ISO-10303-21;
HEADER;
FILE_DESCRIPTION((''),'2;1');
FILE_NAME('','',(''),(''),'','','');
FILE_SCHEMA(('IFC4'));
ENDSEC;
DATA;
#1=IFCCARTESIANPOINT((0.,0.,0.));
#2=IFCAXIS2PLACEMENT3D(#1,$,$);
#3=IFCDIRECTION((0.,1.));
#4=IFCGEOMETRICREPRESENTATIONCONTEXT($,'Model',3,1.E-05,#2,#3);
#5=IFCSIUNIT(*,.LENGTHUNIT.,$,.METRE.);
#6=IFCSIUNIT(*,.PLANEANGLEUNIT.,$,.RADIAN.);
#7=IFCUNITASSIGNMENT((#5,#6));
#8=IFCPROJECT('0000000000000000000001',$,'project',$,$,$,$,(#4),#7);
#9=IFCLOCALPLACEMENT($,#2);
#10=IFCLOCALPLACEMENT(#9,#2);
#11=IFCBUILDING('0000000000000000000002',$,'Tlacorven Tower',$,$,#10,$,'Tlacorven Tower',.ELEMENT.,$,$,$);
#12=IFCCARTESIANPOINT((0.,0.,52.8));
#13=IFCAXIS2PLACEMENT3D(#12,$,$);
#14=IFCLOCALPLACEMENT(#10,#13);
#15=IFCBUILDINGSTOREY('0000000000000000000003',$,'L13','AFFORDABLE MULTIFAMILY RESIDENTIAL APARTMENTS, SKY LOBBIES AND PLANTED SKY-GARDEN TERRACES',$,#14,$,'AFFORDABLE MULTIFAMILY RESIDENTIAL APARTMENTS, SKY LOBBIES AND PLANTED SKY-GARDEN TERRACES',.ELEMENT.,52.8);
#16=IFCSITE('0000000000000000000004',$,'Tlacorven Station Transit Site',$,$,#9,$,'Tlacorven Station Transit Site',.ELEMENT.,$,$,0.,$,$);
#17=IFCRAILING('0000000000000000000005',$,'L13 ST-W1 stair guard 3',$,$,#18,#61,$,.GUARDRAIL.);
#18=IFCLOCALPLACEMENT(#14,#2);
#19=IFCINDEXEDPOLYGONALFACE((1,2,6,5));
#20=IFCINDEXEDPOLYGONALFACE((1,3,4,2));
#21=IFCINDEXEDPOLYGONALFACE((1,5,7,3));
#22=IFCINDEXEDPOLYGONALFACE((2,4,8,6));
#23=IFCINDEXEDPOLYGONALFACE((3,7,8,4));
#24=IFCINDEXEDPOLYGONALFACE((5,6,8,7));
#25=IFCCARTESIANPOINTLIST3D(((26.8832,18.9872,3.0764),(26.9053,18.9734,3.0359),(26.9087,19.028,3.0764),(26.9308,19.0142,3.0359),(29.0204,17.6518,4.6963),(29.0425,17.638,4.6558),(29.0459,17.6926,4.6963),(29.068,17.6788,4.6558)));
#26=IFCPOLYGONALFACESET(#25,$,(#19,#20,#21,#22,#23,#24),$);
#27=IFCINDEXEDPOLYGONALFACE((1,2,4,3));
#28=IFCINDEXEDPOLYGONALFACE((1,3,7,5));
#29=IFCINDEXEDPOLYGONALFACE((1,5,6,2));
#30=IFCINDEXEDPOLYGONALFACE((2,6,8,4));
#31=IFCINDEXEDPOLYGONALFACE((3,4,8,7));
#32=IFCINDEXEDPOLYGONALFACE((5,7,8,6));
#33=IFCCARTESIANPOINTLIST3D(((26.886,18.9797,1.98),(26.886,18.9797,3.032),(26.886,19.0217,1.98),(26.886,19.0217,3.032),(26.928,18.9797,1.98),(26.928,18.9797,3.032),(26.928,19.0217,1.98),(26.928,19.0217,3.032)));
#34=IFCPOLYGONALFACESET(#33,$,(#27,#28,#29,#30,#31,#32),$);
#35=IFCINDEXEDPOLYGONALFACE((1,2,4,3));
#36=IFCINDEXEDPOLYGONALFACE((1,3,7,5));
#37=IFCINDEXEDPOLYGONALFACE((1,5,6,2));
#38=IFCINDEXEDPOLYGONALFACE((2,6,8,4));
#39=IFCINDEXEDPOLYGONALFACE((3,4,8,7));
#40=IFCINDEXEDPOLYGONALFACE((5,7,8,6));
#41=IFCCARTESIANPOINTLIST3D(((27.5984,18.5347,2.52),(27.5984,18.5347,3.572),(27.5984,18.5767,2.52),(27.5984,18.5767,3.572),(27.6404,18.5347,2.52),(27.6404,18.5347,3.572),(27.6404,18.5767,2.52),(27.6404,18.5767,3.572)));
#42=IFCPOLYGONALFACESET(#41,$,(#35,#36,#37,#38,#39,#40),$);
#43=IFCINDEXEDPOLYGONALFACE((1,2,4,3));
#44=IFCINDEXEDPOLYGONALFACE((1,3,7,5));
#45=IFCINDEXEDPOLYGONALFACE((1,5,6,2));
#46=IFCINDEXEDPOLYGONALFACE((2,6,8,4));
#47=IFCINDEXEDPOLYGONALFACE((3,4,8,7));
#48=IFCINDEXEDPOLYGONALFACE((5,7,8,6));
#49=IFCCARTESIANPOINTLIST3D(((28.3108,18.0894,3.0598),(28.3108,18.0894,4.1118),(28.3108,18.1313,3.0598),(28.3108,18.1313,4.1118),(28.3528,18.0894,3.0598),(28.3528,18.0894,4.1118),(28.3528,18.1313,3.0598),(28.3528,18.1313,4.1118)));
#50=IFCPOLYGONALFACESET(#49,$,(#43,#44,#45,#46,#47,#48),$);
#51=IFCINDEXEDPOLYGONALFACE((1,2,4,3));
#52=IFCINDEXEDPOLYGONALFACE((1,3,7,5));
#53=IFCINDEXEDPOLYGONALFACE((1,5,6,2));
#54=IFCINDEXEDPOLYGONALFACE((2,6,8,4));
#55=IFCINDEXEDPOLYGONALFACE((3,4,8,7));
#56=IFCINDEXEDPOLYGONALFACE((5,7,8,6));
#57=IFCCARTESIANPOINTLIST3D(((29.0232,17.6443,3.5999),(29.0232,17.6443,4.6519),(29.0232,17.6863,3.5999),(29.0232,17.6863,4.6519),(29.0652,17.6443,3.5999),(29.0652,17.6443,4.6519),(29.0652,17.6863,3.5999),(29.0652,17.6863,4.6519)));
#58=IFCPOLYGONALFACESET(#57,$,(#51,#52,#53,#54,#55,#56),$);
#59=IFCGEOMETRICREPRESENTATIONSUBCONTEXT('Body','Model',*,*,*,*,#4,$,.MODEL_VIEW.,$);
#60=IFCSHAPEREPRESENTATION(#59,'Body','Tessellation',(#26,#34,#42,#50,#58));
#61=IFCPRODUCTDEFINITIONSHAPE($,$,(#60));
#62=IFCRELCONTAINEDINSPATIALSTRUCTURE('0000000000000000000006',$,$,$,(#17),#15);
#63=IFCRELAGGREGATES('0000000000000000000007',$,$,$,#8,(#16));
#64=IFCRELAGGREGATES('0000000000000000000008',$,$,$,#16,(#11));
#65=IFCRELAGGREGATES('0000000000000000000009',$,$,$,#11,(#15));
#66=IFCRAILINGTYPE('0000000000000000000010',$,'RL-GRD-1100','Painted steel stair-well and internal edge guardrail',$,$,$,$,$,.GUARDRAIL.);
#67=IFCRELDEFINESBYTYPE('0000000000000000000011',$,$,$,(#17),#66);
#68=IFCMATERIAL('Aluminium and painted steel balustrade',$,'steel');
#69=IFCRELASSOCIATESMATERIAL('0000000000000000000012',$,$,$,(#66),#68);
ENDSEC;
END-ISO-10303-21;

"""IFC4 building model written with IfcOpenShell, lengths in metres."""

from ifc_helpers import new_model, si_unit, direction, frame, origin, origin_2d, place, context, subcontext, project, spatial, rectangle, extrude, source, transform, mapped, material, type_object, element, save


model = new_model("IFC4")

# Units and contexts
model_context = context("Model", 3, precision=1e-05, world=origin(), true_north=direction((0.0, 1.0)))
body_context = subcontext(model_context, "Body", "Model", "MODEL_VIEW")
ifc_project = project(units=[si_unit("LENGTHUNIT", "METRE"), si_unit("PLANEANGLEUNIT", "RADIAN")], contexts=[model_context])

# Site, building, storey
site_placement = place(None, origin())
site = spatial("IfcSite", under=ifc_project, at=site_placement, Name="Tlacorven Station Transit Site", LongName="Tlacorven Station Transit Site", CompositionType="ELEMENT", RefElevation=0.0)
building_placement = place(site_placement, origin())
building = spatial("IfcBuilding", under=site, at=building_placement, Name="Tlacorven Tower", LongName="Tlacorven Tower", CompositionType="ELEMENT")
storey_placement = place(building_placement, frame((0.0, 0.0, 52.8)))
storey = spatial("IfcBuildingStorey", under=building, at=storey_placement, Name="L13", Description="AFFORDABLE MULTIFAMILY RESIDENTIAL APARTMENTS, SKY LOBBIES AND PLANTED SKY-GARDEN TERRACES", LongName="AFFORDABLE MULTIFAMILY RESIDENTIAL APARTMENTS, SKY LOBBIES AND PLANTED SKY-GARDEN TERRACES", CompositionType="ELEMENT", Elevation=52.8)

# Railing
ifc_material_1 = material(Name="Aluminium and painted steel balustrade", Category="steel")
railing_type_1 = type_object("IfcRailingType", Name="RL-GRD-1100", Description="Painted steel stair-well and internal edge guardrail", PredefinedType="GUARDRAIL", material=ifc_material_1)
shared_shape_1 = source(origin(), body_context, "Body", "SweptSolid", [
    extrude(rectangle(XDim=0.0481, YDim=0.0481, at=origin_2d()), frame((0.0, 0.0, 1.0762), z_axis=(0.713391, -0.445768, 0.540707), x_axis=(0.529912, 0.848053, 0.0)), (0.0, 0.0, 1.0), 2.9958),
    extrude(rectangle(XDim=0.042, YDim=0.042, at=origin_2d()), origin(), (0.0, 0.0, 1.0), 1.052),
    extrude(rectangle(XDim=0.042, YDim=0.042, at=origin_2d()), frame((0.7124, -0.4451, 0.54)), (0.0, 0.0, 1.0), 1.052),
    extrude(rectangle(XDim=0.042, YDim=0.042, at=origin_2d()), frame((1.4248, -0.8904, 1.0798)), (0.0, 0.0, 1.0), 1.052),
    extrude(rectangle(XDim=0.042, YDim=0.042, at=origin_2d()), frame((2.1372, -1.3354, 1.6199)), (0.0, 0.0, 1.0), 1.052),
])
railing_1_placement = place(storey_placement, frame((26.907, 19.0007, 1.98)))
element("IfcRailing", 1, at=railing_1_placement, inside=storey, type_object=railing_type_1, Name="L13 ST-W1 stair guard 3", PredefinedType="GUARDRAIL", context=body_context, shape_type="MappedRepresentation", body=[
    mapped(shared_shape_1, transform((0.0, 0.0, 0.0), scale=1.0)),
])

save(model, "model.ifc")
